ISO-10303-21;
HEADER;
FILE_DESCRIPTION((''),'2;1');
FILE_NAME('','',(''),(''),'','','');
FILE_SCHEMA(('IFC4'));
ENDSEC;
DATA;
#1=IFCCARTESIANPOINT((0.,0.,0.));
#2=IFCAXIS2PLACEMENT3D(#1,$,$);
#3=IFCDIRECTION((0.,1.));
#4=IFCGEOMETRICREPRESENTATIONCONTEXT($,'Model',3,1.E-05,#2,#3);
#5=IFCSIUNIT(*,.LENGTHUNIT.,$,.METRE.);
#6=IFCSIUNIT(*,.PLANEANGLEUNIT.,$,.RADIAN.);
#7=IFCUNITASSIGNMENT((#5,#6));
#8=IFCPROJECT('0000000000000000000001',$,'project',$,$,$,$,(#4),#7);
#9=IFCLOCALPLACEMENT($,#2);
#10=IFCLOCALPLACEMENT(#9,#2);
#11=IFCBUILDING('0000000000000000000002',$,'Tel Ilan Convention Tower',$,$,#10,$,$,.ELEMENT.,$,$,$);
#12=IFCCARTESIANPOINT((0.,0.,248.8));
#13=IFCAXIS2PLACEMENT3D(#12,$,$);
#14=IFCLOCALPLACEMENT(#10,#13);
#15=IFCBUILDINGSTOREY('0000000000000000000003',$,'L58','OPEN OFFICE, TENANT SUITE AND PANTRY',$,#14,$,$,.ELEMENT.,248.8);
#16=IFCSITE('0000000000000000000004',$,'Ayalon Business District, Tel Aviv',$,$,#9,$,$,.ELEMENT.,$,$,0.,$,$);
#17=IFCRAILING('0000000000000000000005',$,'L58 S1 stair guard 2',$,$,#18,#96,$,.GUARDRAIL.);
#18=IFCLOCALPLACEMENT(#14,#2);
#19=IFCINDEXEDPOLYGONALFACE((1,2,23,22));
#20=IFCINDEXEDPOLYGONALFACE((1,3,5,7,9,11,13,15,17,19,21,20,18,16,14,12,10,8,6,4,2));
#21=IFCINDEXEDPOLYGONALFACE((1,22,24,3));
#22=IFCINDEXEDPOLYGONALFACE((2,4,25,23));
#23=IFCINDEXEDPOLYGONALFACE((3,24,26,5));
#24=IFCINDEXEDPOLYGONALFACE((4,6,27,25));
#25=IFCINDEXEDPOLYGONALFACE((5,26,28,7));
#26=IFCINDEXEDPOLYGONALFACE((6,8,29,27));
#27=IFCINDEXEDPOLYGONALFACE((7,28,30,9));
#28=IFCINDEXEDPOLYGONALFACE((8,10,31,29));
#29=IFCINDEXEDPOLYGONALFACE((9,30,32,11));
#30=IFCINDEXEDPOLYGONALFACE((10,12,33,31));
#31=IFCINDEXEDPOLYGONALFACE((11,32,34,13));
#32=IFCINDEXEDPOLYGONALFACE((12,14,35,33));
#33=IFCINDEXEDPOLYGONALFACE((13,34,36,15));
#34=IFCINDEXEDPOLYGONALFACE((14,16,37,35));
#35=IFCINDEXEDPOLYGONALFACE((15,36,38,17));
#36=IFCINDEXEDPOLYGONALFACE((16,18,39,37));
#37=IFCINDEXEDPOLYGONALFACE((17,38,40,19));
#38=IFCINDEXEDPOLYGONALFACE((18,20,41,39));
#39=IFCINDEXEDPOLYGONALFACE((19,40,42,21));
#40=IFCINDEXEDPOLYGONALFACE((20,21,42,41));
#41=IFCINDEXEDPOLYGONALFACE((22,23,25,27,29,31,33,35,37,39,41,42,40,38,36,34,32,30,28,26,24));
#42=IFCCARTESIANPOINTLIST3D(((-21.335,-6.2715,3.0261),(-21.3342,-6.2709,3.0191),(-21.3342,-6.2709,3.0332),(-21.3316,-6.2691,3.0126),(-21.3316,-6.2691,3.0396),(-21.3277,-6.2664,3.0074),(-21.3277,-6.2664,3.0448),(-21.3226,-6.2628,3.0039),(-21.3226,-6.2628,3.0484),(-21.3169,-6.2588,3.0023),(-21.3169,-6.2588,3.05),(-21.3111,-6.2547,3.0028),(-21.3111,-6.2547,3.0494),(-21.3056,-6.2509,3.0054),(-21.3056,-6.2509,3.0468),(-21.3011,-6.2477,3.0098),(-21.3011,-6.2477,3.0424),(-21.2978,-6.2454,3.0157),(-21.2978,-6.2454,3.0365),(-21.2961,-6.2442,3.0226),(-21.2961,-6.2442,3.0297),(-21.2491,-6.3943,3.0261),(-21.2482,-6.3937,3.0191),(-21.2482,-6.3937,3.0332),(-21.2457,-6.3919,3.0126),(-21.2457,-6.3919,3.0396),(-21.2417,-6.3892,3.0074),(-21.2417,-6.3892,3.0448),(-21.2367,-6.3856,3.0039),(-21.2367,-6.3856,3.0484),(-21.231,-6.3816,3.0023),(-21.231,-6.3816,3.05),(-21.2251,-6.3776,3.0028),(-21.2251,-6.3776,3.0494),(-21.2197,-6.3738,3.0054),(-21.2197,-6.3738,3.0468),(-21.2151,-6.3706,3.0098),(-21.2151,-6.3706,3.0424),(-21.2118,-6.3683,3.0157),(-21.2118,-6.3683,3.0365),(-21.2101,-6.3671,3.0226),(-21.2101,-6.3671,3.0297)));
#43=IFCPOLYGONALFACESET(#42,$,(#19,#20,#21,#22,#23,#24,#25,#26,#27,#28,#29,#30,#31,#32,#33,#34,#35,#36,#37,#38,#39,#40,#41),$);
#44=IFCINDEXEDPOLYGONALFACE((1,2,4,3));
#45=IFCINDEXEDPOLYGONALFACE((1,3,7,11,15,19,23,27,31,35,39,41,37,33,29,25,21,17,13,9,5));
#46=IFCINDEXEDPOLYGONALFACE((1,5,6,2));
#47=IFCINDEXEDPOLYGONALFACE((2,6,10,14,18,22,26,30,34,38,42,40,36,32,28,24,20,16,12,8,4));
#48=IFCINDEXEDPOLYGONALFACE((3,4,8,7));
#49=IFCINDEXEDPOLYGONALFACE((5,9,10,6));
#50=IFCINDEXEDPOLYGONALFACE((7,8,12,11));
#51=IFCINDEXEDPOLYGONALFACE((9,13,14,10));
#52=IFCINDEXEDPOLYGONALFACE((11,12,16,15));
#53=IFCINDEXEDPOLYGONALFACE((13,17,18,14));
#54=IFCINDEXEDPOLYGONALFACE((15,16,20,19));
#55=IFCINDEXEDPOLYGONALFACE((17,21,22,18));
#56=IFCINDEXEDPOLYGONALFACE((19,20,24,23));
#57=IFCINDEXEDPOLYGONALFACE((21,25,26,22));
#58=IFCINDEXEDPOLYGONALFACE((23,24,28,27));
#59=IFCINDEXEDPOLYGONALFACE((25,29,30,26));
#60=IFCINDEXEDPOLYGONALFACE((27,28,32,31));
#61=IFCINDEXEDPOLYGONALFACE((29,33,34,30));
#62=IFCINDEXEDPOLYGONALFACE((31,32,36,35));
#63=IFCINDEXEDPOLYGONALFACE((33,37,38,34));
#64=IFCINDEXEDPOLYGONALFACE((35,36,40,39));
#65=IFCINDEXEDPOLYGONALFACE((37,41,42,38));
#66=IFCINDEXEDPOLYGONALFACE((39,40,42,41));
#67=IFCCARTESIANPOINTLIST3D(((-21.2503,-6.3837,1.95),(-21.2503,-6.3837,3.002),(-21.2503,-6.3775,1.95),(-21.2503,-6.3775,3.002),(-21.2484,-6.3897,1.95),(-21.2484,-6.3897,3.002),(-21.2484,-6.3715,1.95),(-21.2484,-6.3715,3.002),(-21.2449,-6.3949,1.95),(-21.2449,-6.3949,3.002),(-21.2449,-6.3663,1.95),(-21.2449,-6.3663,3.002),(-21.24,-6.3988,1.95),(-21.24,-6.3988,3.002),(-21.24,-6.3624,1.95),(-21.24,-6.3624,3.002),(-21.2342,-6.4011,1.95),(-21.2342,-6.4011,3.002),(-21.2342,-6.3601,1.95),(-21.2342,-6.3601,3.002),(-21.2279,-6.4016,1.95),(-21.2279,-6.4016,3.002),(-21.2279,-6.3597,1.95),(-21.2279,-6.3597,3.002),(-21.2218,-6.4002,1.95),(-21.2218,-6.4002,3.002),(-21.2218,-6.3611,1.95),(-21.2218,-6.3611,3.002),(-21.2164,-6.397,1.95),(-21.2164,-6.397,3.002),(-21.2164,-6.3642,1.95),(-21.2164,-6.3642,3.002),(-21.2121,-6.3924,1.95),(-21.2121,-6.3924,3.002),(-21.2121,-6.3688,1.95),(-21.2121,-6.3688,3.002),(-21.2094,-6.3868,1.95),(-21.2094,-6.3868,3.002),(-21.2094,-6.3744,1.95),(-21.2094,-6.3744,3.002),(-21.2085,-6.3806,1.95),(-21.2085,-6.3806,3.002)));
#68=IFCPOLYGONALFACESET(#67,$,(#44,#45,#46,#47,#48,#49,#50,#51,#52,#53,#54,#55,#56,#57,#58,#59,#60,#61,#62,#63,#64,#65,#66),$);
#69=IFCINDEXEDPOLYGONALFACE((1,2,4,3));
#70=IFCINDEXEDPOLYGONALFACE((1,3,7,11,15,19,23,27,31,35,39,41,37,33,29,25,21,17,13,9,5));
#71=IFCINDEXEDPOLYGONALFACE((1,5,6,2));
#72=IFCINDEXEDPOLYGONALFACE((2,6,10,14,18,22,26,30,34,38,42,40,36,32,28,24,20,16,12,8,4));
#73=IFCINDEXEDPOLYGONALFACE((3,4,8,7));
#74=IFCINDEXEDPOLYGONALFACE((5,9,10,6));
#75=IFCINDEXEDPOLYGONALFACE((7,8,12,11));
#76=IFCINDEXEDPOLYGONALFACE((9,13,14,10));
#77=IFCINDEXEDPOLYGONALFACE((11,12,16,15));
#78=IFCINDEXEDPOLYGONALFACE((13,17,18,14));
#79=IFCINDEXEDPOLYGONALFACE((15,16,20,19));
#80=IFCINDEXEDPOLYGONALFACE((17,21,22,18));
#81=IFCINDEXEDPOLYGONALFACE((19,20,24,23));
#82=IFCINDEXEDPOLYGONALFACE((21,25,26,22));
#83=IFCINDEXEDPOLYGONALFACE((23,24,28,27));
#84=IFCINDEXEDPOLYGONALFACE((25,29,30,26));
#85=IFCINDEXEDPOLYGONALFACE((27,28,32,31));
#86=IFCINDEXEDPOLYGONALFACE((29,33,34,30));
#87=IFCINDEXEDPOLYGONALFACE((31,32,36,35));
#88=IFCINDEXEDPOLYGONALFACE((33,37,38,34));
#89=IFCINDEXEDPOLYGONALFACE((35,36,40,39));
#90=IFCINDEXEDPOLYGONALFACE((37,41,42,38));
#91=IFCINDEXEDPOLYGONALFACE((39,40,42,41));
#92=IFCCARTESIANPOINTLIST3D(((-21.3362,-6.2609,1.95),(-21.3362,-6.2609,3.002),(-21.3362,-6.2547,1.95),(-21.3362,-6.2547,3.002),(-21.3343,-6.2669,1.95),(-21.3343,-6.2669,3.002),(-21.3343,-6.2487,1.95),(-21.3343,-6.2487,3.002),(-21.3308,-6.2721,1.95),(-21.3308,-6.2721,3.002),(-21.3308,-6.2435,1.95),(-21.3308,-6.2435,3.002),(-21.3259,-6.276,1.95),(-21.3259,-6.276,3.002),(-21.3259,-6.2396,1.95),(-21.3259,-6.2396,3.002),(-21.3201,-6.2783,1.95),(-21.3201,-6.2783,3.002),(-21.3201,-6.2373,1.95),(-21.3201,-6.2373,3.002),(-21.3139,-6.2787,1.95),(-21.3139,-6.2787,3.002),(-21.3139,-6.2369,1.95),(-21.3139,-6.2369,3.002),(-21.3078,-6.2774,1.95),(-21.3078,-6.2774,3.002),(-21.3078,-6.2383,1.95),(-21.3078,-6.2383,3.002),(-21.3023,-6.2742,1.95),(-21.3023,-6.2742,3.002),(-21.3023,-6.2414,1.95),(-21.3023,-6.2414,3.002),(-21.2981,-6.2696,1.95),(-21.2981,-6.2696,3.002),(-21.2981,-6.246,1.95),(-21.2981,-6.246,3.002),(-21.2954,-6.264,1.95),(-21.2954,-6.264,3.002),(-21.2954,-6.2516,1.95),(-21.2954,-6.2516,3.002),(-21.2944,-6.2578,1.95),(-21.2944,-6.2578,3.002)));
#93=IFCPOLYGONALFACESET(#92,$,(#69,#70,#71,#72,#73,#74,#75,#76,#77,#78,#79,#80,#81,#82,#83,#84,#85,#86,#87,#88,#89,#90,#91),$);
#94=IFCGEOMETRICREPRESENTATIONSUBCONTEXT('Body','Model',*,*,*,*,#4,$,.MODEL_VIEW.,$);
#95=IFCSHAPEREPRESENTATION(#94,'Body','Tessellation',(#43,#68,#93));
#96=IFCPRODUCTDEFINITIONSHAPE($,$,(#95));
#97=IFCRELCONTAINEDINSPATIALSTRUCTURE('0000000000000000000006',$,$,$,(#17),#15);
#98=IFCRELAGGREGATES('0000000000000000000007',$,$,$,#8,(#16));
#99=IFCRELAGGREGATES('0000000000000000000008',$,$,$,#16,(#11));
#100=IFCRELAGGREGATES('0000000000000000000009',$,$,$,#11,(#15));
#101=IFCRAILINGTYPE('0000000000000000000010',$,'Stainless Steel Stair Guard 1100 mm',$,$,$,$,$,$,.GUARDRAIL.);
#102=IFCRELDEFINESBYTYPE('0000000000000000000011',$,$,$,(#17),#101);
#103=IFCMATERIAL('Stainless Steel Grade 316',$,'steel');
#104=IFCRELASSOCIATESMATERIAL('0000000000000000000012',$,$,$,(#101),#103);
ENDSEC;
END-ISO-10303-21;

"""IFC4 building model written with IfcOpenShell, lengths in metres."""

from ifc_helpers import new_model, si_unit, direction, frame, origin, origin_2d, place, context, subcontext, project, spatial, circle, extrude, material, type_object, element, save


model = new_model("IFC4")

# Units and contexts
model_context = context("Model", 3, precision=1e-05, world=origin(), true_north=direction((0.0, 1.0)))
body_context = subcontext(model_context, "Body", "Model", "MODEL_VIEW")
ifc_project = project(units=[si_unit("LENGTHUNIT", "METRE"), si_unit("PLANEANGLEUNIT", "RADIAN")], contexts=[model_context])

# Site, building, storey
site_placement = place(None, origin())
site = spatial("IfcSite", under=ifc_project, at=site_placement, Name="Ayalon Business District, Tel Aviv", CompositionType="ELEMENT", RefElevation=0.0)
building_placement = place(site_placement, origin())
building = spatial("IfcBuilding", under=site, at=building_placement, Name="Tel Ilan Convention Tower", CompositionType="ELEMENT")
storey_placement = place(building_placement, frame((0.0, 0.0, 248.8)))
storey = spatial("IfcBuildingStorey", under=building, at=storey_placement, Name="L58", Description="OPEN OFFICE, TENANT SUITE AND PANTRY", CompositionType="ELEMENT", Elevation=248.8)

# Railing
ifc_material_1 = material(Name="Stainless Steel Grade 316", Category="steel")
railing_type_1 = type_object("IfcRailingType", Name="Stainless Steel Stair Guard 1100 mm", PredefinedType="GUARDRAIL", material=ifc_material_1)
railing_1_placement = place(storey_placement, frame((-21.2295, -6.3806, 1.95)))
element("IfcRailing", 1, at=railing_1_placement, inside=storey, type_object=railing_type_1, Name="L58 S1 stair guard 2", PredefinedType="GUARDRAIL", context=body_context, shape_type="SweptSolid", body=[
    extrude(circle(Radius=0.0239, at=origin_2d()), frame((0.0, 0.0, 1.0762), z_axis=(-0.573353, 0.819308, 0.0), x_axis=(-0.819308, -0.573353, 0.0)), (0.0, 0.0, 1.0), 0.1499),
    extrude(circle(Radius=0.021, at=origin_2d()), origin(), (0.0, 0.0, 1.0), 1.052),
    extrude(circle(Radius=0.021, at=origin_2d()), frame((-0.0859, 0.1228, 0.0)), (0.0, 0.0, 1.0), 1.052),
])

save(model, "model.ifc")
